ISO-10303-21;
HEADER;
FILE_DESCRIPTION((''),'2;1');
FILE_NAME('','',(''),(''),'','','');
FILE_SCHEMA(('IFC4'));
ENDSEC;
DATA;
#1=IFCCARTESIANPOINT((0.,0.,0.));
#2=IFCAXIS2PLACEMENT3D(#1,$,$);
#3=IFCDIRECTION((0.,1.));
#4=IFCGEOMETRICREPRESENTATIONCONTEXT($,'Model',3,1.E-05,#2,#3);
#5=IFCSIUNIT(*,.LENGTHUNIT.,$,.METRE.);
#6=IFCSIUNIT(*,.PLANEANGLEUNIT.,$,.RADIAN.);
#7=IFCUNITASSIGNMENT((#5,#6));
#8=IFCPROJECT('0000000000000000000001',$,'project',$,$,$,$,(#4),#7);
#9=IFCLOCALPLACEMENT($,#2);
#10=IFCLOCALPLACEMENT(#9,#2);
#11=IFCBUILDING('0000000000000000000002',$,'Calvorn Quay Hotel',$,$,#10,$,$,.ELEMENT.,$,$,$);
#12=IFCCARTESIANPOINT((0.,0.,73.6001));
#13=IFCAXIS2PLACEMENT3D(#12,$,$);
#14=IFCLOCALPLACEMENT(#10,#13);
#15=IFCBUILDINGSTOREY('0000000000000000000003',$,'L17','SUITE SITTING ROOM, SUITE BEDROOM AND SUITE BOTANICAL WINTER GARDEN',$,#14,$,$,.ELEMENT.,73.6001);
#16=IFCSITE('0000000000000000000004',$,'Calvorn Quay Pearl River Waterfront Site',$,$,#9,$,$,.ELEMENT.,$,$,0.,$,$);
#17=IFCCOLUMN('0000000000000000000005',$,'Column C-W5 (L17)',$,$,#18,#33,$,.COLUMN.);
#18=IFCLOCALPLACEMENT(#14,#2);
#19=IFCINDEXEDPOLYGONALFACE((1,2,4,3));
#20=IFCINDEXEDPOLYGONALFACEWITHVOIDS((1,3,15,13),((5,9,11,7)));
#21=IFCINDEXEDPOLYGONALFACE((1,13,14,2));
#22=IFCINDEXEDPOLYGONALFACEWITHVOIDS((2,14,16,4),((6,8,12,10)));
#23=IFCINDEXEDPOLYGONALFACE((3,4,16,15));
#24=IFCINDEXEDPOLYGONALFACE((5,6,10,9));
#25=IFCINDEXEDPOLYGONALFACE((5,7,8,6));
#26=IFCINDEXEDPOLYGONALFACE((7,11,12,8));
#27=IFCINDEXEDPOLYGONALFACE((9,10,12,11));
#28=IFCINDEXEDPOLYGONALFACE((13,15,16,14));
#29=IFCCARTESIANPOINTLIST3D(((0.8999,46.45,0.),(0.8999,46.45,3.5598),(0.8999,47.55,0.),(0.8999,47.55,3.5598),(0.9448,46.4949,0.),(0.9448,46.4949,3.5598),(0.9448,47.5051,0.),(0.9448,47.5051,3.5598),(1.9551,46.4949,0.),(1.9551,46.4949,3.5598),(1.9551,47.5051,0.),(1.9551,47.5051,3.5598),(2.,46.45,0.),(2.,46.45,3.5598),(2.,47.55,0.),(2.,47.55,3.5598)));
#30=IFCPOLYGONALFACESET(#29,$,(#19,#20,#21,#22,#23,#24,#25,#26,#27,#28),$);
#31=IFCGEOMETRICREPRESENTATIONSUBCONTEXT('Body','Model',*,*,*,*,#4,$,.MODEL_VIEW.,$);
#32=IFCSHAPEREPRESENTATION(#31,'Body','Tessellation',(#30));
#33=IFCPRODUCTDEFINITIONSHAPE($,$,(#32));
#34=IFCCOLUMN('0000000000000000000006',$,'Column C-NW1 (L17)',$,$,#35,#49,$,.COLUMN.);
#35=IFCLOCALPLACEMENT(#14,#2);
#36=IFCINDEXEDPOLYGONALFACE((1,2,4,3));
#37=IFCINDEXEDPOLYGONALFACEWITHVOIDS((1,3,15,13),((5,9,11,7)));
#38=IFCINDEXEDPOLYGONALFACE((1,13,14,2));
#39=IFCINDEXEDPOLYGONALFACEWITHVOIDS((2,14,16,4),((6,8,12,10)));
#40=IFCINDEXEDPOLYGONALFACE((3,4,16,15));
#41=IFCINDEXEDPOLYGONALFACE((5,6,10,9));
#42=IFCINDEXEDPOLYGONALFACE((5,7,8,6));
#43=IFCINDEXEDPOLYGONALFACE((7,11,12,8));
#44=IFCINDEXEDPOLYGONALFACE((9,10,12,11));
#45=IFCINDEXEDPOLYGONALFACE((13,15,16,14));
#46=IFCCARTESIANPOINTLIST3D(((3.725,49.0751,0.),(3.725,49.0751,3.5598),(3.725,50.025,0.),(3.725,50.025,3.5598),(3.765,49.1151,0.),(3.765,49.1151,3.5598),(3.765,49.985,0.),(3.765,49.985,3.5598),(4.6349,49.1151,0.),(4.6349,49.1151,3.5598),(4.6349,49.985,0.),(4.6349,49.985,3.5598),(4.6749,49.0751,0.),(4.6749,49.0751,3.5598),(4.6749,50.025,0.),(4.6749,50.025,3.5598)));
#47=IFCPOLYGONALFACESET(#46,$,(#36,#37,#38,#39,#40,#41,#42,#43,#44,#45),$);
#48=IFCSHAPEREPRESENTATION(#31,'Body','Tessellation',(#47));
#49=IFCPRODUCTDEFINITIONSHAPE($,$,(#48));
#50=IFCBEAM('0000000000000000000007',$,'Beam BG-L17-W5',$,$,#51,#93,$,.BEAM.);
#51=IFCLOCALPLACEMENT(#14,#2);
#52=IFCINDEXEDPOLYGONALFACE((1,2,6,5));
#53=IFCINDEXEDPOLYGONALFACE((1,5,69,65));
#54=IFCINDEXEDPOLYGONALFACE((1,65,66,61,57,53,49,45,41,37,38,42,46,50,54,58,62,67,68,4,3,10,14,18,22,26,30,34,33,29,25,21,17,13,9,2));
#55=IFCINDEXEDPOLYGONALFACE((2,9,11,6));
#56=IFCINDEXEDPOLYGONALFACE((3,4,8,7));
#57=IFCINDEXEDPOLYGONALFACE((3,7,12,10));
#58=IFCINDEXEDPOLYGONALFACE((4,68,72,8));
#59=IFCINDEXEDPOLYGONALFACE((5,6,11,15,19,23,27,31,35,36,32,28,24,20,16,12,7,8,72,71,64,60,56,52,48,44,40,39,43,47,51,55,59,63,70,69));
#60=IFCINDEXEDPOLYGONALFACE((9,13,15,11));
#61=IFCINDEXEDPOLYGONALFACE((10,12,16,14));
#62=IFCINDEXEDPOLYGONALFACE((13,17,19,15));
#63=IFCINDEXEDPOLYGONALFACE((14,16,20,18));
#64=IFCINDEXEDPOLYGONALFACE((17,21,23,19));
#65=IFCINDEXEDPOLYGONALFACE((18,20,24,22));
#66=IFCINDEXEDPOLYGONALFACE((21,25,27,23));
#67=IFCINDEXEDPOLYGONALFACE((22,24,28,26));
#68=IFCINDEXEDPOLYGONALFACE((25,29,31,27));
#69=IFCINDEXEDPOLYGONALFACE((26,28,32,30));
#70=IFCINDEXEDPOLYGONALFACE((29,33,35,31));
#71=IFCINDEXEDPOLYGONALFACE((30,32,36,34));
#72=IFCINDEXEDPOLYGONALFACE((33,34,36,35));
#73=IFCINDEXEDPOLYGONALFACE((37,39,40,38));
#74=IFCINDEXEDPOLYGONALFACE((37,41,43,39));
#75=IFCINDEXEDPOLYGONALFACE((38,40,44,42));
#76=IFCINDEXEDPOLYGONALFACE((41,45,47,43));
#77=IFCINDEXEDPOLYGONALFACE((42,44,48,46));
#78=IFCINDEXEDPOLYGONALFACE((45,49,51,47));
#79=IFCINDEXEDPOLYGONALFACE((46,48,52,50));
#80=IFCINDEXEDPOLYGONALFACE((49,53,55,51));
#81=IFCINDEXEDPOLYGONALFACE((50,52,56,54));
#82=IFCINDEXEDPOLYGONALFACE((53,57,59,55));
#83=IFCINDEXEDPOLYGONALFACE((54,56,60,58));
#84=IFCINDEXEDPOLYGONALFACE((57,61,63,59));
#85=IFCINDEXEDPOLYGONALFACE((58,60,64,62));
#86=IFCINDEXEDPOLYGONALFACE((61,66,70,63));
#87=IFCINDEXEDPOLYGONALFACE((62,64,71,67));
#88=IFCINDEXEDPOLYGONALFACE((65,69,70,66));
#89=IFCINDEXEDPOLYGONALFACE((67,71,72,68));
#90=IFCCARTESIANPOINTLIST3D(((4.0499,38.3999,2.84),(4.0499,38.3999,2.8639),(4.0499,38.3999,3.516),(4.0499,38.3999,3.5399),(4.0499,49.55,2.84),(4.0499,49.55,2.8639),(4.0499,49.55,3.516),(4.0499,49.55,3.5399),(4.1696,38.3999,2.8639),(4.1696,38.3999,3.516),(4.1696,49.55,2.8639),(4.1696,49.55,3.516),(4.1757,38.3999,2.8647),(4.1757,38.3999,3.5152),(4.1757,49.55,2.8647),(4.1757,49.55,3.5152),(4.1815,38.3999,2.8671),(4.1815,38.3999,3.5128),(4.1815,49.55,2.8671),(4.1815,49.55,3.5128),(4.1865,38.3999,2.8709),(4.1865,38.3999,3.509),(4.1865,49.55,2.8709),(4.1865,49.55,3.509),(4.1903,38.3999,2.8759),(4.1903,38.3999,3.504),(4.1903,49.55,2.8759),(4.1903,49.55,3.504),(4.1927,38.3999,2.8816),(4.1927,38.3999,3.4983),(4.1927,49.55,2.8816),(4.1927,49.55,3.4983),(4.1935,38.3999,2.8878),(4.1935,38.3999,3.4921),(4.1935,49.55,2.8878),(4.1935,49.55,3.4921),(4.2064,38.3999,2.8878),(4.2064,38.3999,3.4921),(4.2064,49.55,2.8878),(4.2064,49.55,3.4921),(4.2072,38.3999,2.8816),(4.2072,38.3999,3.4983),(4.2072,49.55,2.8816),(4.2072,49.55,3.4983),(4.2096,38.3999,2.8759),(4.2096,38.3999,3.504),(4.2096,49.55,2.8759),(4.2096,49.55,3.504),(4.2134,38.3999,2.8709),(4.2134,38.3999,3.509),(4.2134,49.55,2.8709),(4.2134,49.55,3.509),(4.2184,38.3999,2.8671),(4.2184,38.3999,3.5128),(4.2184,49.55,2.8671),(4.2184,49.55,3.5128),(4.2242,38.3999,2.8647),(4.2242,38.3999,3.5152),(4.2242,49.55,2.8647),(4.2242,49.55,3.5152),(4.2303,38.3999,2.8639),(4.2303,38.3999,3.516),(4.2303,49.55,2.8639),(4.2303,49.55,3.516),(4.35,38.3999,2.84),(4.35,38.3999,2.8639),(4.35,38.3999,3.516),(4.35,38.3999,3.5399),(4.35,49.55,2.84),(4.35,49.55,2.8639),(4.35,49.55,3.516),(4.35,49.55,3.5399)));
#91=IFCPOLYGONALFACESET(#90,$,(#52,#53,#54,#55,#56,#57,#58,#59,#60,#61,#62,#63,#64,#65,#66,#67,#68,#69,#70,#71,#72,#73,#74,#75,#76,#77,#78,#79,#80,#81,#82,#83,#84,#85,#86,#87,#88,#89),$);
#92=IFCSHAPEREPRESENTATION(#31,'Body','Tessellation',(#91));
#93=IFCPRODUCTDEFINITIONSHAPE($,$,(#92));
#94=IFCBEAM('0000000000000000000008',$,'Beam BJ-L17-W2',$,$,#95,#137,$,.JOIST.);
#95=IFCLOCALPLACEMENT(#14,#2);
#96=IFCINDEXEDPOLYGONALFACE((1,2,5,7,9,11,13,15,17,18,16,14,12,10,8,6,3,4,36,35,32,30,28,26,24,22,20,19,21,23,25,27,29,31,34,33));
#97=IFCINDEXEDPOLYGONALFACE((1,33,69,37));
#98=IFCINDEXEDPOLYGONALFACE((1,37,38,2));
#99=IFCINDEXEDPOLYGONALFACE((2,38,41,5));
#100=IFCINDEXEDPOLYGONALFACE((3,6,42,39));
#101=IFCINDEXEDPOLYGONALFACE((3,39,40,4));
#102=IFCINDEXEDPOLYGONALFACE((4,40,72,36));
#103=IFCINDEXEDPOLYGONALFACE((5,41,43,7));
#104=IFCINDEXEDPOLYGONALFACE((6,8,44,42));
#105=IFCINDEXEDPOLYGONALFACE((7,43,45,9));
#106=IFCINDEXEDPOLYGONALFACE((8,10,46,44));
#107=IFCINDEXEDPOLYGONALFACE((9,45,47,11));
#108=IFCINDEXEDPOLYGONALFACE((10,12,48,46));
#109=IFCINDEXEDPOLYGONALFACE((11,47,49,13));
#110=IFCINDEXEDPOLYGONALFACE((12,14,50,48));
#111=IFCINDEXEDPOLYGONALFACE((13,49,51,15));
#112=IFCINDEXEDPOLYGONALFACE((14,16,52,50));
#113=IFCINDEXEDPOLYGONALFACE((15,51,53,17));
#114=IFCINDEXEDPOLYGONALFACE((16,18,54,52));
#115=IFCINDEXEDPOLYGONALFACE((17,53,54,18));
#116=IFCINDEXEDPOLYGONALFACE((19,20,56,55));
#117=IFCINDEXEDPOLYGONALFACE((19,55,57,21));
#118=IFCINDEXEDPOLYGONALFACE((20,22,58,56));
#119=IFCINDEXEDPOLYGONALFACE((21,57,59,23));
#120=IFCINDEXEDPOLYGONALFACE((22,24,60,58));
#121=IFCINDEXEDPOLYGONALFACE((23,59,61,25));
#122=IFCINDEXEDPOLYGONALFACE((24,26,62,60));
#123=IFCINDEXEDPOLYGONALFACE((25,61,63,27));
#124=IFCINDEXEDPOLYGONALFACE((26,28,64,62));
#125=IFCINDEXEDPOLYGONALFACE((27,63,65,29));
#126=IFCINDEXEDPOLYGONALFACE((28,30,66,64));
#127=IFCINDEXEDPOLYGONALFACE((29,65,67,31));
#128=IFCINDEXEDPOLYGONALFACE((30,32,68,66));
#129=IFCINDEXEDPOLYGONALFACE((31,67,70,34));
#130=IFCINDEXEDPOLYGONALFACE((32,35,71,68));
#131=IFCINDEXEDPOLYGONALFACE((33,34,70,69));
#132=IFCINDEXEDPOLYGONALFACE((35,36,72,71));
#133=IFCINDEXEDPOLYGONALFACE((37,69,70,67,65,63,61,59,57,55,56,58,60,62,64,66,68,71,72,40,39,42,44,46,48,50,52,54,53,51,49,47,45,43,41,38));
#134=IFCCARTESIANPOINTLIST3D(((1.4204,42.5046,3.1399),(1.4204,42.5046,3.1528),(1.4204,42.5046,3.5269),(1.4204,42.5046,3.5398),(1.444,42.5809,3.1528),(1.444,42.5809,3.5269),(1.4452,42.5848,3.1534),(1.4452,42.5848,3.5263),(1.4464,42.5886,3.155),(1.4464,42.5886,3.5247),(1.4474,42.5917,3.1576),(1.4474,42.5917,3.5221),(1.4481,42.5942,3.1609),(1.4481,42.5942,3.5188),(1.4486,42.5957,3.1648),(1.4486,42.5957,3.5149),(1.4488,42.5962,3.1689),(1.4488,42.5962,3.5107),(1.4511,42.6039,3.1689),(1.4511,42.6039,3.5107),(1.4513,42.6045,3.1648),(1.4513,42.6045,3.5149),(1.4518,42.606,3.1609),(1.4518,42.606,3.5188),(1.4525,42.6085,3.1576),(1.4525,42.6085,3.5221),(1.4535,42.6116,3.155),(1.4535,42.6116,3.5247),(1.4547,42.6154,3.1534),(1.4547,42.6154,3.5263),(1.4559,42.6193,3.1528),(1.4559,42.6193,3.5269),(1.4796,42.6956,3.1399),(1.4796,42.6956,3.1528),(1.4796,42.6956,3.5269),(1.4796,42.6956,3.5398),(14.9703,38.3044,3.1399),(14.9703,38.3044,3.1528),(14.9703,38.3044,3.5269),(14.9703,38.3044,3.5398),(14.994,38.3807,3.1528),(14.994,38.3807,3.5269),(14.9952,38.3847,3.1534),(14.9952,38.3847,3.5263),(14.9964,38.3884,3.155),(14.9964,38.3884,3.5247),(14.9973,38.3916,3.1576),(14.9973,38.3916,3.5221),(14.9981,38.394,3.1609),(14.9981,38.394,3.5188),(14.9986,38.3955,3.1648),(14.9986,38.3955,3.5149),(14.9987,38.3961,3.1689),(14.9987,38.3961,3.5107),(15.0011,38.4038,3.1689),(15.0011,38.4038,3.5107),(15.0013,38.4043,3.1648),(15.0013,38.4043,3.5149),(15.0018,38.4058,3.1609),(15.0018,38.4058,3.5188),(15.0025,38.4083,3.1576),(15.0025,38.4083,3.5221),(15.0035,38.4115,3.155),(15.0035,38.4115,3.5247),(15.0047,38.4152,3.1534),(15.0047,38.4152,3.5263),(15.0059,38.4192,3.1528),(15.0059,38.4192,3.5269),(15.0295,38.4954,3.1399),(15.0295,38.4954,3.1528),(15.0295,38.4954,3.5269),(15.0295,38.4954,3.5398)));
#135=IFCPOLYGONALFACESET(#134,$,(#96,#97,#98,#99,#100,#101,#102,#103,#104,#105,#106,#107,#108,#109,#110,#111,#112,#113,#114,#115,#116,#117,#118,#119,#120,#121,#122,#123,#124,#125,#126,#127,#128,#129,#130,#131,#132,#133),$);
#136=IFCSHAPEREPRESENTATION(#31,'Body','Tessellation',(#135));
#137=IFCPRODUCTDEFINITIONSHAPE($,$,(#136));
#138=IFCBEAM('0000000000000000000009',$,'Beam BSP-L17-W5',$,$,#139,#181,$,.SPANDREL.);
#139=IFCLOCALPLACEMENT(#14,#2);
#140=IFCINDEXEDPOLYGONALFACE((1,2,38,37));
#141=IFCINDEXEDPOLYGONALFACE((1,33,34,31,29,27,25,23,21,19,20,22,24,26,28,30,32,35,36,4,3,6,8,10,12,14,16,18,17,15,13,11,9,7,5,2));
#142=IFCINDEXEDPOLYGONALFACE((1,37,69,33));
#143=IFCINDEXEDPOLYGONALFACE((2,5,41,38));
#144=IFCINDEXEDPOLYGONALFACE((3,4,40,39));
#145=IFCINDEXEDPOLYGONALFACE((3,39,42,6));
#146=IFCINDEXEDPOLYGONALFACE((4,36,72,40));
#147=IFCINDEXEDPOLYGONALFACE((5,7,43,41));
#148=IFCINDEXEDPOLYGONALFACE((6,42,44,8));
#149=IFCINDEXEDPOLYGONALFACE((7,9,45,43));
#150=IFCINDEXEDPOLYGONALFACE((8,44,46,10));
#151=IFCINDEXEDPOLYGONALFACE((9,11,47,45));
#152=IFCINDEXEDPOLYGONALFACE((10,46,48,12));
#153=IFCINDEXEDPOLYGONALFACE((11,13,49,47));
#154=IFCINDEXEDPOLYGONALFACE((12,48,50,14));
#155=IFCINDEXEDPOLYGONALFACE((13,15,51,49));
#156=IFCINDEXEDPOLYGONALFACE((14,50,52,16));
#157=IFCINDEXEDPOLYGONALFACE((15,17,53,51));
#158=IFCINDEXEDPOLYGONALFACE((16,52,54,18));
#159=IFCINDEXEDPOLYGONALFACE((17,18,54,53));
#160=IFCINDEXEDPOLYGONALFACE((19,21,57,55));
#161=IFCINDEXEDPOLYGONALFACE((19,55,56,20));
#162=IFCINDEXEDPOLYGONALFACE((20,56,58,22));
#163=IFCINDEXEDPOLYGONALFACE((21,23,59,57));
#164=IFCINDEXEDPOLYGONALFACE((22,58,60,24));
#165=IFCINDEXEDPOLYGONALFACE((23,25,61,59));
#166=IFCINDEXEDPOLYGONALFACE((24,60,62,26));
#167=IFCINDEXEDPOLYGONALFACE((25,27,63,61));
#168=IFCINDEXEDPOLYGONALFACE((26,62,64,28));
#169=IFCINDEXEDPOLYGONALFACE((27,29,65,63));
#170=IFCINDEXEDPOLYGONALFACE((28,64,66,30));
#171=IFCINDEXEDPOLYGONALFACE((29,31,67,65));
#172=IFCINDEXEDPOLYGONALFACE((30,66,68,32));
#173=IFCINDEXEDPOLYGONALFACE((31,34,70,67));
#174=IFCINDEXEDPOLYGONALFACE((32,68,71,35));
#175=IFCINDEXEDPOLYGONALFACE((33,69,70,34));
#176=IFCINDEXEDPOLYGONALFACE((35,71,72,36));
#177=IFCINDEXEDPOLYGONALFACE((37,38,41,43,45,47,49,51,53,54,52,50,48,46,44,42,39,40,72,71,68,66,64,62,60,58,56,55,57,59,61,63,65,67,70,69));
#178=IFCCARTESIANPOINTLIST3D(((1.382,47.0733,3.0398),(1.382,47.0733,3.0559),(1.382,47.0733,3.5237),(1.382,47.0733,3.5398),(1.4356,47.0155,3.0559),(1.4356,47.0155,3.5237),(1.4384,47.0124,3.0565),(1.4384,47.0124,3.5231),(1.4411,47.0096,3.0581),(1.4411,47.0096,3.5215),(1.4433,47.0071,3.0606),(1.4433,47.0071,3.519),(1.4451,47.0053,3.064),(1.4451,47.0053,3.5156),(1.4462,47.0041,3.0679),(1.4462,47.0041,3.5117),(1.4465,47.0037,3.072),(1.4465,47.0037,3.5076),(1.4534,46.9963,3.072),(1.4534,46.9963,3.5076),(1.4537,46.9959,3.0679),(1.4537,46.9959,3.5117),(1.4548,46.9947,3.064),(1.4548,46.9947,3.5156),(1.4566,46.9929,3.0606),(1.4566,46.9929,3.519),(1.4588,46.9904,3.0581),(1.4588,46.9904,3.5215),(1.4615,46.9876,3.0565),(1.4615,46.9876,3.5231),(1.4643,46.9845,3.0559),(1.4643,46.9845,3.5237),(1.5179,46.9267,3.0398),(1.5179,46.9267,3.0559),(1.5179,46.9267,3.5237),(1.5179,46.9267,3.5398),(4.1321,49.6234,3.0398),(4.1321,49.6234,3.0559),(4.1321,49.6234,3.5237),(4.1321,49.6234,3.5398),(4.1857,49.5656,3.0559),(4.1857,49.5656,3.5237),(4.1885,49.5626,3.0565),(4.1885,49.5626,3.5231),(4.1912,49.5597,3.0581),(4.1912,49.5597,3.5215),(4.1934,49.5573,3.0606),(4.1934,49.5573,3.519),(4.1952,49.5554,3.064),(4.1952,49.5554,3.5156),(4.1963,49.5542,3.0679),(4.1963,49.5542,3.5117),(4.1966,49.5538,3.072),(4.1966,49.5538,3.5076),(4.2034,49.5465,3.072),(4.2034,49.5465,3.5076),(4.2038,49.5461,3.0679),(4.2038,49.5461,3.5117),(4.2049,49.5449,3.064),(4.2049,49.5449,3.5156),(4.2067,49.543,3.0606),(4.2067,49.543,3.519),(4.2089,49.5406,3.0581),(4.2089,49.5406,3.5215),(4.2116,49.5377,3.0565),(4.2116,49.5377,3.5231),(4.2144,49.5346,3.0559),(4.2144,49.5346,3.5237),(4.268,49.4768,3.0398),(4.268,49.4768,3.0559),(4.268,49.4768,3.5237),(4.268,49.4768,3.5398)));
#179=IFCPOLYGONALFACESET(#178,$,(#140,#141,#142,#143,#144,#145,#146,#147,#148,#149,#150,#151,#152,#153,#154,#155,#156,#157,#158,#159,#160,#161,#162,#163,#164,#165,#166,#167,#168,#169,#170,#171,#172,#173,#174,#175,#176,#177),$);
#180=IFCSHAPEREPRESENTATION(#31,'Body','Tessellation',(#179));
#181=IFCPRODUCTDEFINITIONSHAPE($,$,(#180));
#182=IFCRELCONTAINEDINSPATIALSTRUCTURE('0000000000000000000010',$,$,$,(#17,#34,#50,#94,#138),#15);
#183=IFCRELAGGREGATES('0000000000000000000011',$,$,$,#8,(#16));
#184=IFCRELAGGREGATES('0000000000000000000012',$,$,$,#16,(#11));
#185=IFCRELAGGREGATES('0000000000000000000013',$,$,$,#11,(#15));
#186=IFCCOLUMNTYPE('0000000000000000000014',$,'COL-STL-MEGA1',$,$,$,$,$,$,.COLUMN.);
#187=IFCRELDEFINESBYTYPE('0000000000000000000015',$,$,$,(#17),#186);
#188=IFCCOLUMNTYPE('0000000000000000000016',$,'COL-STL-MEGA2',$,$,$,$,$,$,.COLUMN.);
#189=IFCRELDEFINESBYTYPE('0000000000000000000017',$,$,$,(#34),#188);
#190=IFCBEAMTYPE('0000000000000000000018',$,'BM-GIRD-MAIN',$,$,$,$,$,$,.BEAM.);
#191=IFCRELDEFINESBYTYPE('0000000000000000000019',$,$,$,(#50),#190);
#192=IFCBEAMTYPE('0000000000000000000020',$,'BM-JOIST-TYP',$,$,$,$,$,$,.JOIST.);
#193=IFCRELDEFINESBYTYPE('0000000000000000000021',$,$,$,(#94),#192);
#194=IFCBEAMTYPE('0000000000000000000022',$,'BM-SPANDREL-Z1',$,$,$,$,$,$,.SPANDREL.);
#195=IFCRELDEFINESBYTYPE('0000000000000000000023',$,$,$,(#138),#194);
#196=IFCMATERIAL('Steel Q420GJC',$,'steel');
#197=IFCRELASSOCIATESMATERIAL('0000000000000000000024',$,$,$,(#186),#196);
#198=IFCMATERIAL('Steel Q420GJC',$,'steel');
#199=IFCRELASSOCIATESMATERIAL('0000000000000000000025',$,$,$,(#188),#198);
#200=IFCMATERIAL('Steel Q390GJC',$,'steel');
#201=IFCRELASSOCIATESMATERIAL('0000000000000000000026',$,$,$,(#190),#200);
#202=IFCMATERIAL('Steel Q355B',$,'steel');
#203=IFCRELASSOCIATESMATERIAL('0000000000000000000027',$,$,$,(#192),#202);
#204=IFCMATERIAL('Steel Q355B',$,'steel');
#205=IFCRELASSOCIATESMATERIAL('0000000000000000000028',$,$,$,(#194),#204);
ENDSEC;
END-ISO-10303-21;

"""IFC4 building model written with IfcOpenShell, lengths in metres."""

from ifc_helpers import new_model, si_unit, direction, frame, origin, origin_2d, place, context, subcontext, project, spatial, hollow_rectangle, i_section, extrude, material, material_profile, profile_set, type_object, element, save


model = new_model("IFC4")

# Units and contexts
model_context = context("Model", 3, precision=1e-05, world=origin(), true_north=direction((0.0, 1.0)))
body_context = subcontext(model_context, "Body", "Model", "MODEL_VIEW")
ifc_project = project(units=[si_unit("LENGTHUNIT", "METRE"), si_unit("PLANEANGLEUNIT", "RADIAN")], contexts=[model_context])

# Site, building, storey
site_placement = place(None, origin())
site = spatial("IfcSite", under=ifc_project, at=site_placement, Name="Calvorn Quay Pearl River Waterfront Site", CompositionType="ELEMENT", RefElevation=0.0)
building_placement = place(site_placement, origin())
building = spatial("IfcBuilding", under=site, at=building_placement, Name="Calvorn Quay Hotel", CompositionType="ELEMENT")
storey_placement = place(building_placement, frame((0.0, 0.0, 73.6001)))
storey = spatial("IfcBuildingStorey", under=building, at=storey_placement, Name="L17", Description="SUITE SITTING ROOM, SUITE BEDROOM AND SUITE BOTANICAL WINTER GARDEN", CompositionType="ELEMENT", Elevation=73.6001)

# Columns
ifc_material_1 = material(Name="Steel Q420GJC", Category="steel")
ifc_material_profile_1 = material_profile(ifc_material_1, hollow_rectangle(XDim=1.1001, YDim=1.1001, WallThickness=0.0449, at=origin_2d()), Name="BOX1100x1100x45")
ifc_profile_set_1 = profile_set([ifc_material_profile_1], Name="Steel Q420GJC")
column_type_1 = type_object("IfcColumnType", Name="COL-STL-MEGA1", PredefinedType="COLUMN", material=ifc_profile_set_1)
column_1_placement = place(storey_placement, frame((1.45, 47.0, 0.0), z_axis=(0.0, 0.0, 1.0), x_axis=(1.0, 0.0, 0.0)))
element("IfcColumn", 1, at=column_1_placement, inside=storey, type_object=column_type_1, Name="Column C-W5 (L17)", PredefinedType="COLUMN", context=body_context, shape_type="SweptSolid", body=[
    extrude(hollow_rectangle(XDim=1.1001, YDim=1.1001, WallThickness=0.0449, at=origin_2d()), origin(), (0.0, 0.0, 1.0), 3.5598),
])
ifc_material_2 = material(Name="Steel Q420GJC", Category="steel")
ifc_material_profile_2 = material_profile(ifc_material_2, hollow_rectangle(XDim=0.95, YDim=0.95, WallThickness=0.04, at=origin_2d()), Name="BOX950x950x40")
ifc_profile_set_2 = profile_set([ifc_material_profile_2], Name="Steel Q420GJC")
column_type_2 = type_object("IfcColumnType", Name="COL-STL-MEGA2", PredefinedType="COLUMN", material=ifc_profile_set_2)
column_2_placement = place(storey_placement, frame((4.2, 49.55, 0.0), z_axis=(0.0, 0.0, 1.0), x_axis=(1.0, 0.0, 0.0)))
element("IfcColumn", 2, at=column_2_placement, inside=storey, type_object=column_type_2, Name="Column C-NW1 (L17)", PredefinedType="COLUMN", context=body_context, shape_type="SweptSolid", body=[
    extrude(hollow_rectangle(XDim=0.95, YDim=0.95, WallThickness=0.04, at=origin_2d()), origin(), (0.0, 0.0, 1.0), 3.5598),
])

# Beams
ifc_material_3 = material(Name="Steel Q390GJC", Category="steel")
ifc_material_profile_3 = material_profile(ifc_material_3, i_section(OverallWidth=0.3, OverallDepth=0.7, WebThickness=0.0129, FlangeThickness=0.0239, FilletRadius=0.0239, at=origin_2d()), Name="HN700x300x13x24")
ifc_profile_set_3 = profile_set([ifc_material_profile_3], Name="Steel Q390GJC")
beam_type_1 = type_object("IfcBeamType", Name="BM-GIRD-MAIN", PredefinedType="BEAM", material=ifc_profile_set_3)
beam_1_placement = place(storey_placement, frame((4.2, 49.55, 3.1899), z_axis=(0.0, -1.0, 0.0), x_axis=(1.0, 0.0, 0.0)))
element("IfcBeam", 3, at=beam_1_placement, inside=storey, type_object=beam_type_1, Name="Beam BG-L17-W5", PredefinedType="BEAM", context=body_context, shape_type="SweptSolid", body=[
    extrude(i_section(OverallWidth=0.3, OverallDepth=0.7, WebThickness=0.0129, FlangeThickness=0.0239, FilletRadius=0.0239, at=origin_2d()), origin(), (0.0, 0.0, 1.0), 11.1501),
])
ifc_material_4 = material(Name="Steel Q355B", Category="steel")
ifc_material_profile_4 = material_profile(ifc_material_4, i_section(OverallWidth=0.2, OverallDepth=0.3999, WebThickness=0.0081, FlangeThickness=0.0129, FilletRadius=0.0161, at=origin_2d()), Name="HN400x200x8x13")
ifc_profile_set_4 = profile_set([ifc_material_profile_4], Name="Steel Q355B")
beam_type_2 = type_object("IfcBeamType", Name="BM-JOIST-TYP", PredefinedType="JOIST", material=ifc_profile_set_4)
beam_2_placement = place(storey_placement, frame((1.45, 42.6001, 3.3398), z_axis=(0.955164, -0.296078, 0.0), x_axis=(0.296078, 0.955164, 0.0)))
element("IfcBeam", 4, at=beam_2_placement, inside=storey, type_object=beam_type_2, Name="Beam BJ-L17-W2", PredefinedType="JOIST", context=body_context, shape_type="SweptSolid", body=[
    extrude(i_section(OverallWidth=0.2, OverallDepth=0.3999, WebThickness=0.0081, FlangeThickness=0.0129, FilletRadius=0.0161, at=origin_2d()), origin(), (0.0, 0.0, 1.0), 14.186),
])
ifc_material_5 = material(Name="Steel Q355B", Category="steel")
ifc_material_profile_5 = material_profile(ifc_material_5, i_section(OverallWidth=0.2, OverallDepth=0.5, WebThickness=0.01, FlangeThickness=0.0161, FilletRadius=0.0161, at=origin_2d()), Name="HN500x200x10x16")
ifc_profile_set_5 = profile_set([ifc_material_profile_5], Name="Steel Q355B")
beam_type_3 = type_object("IfcBeamType", Name="BM-SPANDREL-Z1", PredefinedType="SPANDREL", material=ifc_profile_set_5)
beam_3_placement = place(storey_placement, frame((1.45, 47.0, 3.2898), z_axis=(0.733262, 0.679947, 0.0), x_axis=(-0.679947, 0.733262, 0.0)))
element("IfcBeam", 5, at=beam_3_placement, inside=storey, type_object=beam_type_3, Name="Beam BSP-L17-W5", PredefinedType="SPANDREL", context=body_context, shape_type="SweptSolid", body=[
    extrude(i_section(OverallWidth=0.2, OverallDepth=0.5, WebThickness=0.01, FlangeThickness=0.0161, FilletRadius=0.0161, at=origin_2d()), origin(), (0.0, 0.0, 1.0), 3.7505),
])

save(model, "model.ifc")
